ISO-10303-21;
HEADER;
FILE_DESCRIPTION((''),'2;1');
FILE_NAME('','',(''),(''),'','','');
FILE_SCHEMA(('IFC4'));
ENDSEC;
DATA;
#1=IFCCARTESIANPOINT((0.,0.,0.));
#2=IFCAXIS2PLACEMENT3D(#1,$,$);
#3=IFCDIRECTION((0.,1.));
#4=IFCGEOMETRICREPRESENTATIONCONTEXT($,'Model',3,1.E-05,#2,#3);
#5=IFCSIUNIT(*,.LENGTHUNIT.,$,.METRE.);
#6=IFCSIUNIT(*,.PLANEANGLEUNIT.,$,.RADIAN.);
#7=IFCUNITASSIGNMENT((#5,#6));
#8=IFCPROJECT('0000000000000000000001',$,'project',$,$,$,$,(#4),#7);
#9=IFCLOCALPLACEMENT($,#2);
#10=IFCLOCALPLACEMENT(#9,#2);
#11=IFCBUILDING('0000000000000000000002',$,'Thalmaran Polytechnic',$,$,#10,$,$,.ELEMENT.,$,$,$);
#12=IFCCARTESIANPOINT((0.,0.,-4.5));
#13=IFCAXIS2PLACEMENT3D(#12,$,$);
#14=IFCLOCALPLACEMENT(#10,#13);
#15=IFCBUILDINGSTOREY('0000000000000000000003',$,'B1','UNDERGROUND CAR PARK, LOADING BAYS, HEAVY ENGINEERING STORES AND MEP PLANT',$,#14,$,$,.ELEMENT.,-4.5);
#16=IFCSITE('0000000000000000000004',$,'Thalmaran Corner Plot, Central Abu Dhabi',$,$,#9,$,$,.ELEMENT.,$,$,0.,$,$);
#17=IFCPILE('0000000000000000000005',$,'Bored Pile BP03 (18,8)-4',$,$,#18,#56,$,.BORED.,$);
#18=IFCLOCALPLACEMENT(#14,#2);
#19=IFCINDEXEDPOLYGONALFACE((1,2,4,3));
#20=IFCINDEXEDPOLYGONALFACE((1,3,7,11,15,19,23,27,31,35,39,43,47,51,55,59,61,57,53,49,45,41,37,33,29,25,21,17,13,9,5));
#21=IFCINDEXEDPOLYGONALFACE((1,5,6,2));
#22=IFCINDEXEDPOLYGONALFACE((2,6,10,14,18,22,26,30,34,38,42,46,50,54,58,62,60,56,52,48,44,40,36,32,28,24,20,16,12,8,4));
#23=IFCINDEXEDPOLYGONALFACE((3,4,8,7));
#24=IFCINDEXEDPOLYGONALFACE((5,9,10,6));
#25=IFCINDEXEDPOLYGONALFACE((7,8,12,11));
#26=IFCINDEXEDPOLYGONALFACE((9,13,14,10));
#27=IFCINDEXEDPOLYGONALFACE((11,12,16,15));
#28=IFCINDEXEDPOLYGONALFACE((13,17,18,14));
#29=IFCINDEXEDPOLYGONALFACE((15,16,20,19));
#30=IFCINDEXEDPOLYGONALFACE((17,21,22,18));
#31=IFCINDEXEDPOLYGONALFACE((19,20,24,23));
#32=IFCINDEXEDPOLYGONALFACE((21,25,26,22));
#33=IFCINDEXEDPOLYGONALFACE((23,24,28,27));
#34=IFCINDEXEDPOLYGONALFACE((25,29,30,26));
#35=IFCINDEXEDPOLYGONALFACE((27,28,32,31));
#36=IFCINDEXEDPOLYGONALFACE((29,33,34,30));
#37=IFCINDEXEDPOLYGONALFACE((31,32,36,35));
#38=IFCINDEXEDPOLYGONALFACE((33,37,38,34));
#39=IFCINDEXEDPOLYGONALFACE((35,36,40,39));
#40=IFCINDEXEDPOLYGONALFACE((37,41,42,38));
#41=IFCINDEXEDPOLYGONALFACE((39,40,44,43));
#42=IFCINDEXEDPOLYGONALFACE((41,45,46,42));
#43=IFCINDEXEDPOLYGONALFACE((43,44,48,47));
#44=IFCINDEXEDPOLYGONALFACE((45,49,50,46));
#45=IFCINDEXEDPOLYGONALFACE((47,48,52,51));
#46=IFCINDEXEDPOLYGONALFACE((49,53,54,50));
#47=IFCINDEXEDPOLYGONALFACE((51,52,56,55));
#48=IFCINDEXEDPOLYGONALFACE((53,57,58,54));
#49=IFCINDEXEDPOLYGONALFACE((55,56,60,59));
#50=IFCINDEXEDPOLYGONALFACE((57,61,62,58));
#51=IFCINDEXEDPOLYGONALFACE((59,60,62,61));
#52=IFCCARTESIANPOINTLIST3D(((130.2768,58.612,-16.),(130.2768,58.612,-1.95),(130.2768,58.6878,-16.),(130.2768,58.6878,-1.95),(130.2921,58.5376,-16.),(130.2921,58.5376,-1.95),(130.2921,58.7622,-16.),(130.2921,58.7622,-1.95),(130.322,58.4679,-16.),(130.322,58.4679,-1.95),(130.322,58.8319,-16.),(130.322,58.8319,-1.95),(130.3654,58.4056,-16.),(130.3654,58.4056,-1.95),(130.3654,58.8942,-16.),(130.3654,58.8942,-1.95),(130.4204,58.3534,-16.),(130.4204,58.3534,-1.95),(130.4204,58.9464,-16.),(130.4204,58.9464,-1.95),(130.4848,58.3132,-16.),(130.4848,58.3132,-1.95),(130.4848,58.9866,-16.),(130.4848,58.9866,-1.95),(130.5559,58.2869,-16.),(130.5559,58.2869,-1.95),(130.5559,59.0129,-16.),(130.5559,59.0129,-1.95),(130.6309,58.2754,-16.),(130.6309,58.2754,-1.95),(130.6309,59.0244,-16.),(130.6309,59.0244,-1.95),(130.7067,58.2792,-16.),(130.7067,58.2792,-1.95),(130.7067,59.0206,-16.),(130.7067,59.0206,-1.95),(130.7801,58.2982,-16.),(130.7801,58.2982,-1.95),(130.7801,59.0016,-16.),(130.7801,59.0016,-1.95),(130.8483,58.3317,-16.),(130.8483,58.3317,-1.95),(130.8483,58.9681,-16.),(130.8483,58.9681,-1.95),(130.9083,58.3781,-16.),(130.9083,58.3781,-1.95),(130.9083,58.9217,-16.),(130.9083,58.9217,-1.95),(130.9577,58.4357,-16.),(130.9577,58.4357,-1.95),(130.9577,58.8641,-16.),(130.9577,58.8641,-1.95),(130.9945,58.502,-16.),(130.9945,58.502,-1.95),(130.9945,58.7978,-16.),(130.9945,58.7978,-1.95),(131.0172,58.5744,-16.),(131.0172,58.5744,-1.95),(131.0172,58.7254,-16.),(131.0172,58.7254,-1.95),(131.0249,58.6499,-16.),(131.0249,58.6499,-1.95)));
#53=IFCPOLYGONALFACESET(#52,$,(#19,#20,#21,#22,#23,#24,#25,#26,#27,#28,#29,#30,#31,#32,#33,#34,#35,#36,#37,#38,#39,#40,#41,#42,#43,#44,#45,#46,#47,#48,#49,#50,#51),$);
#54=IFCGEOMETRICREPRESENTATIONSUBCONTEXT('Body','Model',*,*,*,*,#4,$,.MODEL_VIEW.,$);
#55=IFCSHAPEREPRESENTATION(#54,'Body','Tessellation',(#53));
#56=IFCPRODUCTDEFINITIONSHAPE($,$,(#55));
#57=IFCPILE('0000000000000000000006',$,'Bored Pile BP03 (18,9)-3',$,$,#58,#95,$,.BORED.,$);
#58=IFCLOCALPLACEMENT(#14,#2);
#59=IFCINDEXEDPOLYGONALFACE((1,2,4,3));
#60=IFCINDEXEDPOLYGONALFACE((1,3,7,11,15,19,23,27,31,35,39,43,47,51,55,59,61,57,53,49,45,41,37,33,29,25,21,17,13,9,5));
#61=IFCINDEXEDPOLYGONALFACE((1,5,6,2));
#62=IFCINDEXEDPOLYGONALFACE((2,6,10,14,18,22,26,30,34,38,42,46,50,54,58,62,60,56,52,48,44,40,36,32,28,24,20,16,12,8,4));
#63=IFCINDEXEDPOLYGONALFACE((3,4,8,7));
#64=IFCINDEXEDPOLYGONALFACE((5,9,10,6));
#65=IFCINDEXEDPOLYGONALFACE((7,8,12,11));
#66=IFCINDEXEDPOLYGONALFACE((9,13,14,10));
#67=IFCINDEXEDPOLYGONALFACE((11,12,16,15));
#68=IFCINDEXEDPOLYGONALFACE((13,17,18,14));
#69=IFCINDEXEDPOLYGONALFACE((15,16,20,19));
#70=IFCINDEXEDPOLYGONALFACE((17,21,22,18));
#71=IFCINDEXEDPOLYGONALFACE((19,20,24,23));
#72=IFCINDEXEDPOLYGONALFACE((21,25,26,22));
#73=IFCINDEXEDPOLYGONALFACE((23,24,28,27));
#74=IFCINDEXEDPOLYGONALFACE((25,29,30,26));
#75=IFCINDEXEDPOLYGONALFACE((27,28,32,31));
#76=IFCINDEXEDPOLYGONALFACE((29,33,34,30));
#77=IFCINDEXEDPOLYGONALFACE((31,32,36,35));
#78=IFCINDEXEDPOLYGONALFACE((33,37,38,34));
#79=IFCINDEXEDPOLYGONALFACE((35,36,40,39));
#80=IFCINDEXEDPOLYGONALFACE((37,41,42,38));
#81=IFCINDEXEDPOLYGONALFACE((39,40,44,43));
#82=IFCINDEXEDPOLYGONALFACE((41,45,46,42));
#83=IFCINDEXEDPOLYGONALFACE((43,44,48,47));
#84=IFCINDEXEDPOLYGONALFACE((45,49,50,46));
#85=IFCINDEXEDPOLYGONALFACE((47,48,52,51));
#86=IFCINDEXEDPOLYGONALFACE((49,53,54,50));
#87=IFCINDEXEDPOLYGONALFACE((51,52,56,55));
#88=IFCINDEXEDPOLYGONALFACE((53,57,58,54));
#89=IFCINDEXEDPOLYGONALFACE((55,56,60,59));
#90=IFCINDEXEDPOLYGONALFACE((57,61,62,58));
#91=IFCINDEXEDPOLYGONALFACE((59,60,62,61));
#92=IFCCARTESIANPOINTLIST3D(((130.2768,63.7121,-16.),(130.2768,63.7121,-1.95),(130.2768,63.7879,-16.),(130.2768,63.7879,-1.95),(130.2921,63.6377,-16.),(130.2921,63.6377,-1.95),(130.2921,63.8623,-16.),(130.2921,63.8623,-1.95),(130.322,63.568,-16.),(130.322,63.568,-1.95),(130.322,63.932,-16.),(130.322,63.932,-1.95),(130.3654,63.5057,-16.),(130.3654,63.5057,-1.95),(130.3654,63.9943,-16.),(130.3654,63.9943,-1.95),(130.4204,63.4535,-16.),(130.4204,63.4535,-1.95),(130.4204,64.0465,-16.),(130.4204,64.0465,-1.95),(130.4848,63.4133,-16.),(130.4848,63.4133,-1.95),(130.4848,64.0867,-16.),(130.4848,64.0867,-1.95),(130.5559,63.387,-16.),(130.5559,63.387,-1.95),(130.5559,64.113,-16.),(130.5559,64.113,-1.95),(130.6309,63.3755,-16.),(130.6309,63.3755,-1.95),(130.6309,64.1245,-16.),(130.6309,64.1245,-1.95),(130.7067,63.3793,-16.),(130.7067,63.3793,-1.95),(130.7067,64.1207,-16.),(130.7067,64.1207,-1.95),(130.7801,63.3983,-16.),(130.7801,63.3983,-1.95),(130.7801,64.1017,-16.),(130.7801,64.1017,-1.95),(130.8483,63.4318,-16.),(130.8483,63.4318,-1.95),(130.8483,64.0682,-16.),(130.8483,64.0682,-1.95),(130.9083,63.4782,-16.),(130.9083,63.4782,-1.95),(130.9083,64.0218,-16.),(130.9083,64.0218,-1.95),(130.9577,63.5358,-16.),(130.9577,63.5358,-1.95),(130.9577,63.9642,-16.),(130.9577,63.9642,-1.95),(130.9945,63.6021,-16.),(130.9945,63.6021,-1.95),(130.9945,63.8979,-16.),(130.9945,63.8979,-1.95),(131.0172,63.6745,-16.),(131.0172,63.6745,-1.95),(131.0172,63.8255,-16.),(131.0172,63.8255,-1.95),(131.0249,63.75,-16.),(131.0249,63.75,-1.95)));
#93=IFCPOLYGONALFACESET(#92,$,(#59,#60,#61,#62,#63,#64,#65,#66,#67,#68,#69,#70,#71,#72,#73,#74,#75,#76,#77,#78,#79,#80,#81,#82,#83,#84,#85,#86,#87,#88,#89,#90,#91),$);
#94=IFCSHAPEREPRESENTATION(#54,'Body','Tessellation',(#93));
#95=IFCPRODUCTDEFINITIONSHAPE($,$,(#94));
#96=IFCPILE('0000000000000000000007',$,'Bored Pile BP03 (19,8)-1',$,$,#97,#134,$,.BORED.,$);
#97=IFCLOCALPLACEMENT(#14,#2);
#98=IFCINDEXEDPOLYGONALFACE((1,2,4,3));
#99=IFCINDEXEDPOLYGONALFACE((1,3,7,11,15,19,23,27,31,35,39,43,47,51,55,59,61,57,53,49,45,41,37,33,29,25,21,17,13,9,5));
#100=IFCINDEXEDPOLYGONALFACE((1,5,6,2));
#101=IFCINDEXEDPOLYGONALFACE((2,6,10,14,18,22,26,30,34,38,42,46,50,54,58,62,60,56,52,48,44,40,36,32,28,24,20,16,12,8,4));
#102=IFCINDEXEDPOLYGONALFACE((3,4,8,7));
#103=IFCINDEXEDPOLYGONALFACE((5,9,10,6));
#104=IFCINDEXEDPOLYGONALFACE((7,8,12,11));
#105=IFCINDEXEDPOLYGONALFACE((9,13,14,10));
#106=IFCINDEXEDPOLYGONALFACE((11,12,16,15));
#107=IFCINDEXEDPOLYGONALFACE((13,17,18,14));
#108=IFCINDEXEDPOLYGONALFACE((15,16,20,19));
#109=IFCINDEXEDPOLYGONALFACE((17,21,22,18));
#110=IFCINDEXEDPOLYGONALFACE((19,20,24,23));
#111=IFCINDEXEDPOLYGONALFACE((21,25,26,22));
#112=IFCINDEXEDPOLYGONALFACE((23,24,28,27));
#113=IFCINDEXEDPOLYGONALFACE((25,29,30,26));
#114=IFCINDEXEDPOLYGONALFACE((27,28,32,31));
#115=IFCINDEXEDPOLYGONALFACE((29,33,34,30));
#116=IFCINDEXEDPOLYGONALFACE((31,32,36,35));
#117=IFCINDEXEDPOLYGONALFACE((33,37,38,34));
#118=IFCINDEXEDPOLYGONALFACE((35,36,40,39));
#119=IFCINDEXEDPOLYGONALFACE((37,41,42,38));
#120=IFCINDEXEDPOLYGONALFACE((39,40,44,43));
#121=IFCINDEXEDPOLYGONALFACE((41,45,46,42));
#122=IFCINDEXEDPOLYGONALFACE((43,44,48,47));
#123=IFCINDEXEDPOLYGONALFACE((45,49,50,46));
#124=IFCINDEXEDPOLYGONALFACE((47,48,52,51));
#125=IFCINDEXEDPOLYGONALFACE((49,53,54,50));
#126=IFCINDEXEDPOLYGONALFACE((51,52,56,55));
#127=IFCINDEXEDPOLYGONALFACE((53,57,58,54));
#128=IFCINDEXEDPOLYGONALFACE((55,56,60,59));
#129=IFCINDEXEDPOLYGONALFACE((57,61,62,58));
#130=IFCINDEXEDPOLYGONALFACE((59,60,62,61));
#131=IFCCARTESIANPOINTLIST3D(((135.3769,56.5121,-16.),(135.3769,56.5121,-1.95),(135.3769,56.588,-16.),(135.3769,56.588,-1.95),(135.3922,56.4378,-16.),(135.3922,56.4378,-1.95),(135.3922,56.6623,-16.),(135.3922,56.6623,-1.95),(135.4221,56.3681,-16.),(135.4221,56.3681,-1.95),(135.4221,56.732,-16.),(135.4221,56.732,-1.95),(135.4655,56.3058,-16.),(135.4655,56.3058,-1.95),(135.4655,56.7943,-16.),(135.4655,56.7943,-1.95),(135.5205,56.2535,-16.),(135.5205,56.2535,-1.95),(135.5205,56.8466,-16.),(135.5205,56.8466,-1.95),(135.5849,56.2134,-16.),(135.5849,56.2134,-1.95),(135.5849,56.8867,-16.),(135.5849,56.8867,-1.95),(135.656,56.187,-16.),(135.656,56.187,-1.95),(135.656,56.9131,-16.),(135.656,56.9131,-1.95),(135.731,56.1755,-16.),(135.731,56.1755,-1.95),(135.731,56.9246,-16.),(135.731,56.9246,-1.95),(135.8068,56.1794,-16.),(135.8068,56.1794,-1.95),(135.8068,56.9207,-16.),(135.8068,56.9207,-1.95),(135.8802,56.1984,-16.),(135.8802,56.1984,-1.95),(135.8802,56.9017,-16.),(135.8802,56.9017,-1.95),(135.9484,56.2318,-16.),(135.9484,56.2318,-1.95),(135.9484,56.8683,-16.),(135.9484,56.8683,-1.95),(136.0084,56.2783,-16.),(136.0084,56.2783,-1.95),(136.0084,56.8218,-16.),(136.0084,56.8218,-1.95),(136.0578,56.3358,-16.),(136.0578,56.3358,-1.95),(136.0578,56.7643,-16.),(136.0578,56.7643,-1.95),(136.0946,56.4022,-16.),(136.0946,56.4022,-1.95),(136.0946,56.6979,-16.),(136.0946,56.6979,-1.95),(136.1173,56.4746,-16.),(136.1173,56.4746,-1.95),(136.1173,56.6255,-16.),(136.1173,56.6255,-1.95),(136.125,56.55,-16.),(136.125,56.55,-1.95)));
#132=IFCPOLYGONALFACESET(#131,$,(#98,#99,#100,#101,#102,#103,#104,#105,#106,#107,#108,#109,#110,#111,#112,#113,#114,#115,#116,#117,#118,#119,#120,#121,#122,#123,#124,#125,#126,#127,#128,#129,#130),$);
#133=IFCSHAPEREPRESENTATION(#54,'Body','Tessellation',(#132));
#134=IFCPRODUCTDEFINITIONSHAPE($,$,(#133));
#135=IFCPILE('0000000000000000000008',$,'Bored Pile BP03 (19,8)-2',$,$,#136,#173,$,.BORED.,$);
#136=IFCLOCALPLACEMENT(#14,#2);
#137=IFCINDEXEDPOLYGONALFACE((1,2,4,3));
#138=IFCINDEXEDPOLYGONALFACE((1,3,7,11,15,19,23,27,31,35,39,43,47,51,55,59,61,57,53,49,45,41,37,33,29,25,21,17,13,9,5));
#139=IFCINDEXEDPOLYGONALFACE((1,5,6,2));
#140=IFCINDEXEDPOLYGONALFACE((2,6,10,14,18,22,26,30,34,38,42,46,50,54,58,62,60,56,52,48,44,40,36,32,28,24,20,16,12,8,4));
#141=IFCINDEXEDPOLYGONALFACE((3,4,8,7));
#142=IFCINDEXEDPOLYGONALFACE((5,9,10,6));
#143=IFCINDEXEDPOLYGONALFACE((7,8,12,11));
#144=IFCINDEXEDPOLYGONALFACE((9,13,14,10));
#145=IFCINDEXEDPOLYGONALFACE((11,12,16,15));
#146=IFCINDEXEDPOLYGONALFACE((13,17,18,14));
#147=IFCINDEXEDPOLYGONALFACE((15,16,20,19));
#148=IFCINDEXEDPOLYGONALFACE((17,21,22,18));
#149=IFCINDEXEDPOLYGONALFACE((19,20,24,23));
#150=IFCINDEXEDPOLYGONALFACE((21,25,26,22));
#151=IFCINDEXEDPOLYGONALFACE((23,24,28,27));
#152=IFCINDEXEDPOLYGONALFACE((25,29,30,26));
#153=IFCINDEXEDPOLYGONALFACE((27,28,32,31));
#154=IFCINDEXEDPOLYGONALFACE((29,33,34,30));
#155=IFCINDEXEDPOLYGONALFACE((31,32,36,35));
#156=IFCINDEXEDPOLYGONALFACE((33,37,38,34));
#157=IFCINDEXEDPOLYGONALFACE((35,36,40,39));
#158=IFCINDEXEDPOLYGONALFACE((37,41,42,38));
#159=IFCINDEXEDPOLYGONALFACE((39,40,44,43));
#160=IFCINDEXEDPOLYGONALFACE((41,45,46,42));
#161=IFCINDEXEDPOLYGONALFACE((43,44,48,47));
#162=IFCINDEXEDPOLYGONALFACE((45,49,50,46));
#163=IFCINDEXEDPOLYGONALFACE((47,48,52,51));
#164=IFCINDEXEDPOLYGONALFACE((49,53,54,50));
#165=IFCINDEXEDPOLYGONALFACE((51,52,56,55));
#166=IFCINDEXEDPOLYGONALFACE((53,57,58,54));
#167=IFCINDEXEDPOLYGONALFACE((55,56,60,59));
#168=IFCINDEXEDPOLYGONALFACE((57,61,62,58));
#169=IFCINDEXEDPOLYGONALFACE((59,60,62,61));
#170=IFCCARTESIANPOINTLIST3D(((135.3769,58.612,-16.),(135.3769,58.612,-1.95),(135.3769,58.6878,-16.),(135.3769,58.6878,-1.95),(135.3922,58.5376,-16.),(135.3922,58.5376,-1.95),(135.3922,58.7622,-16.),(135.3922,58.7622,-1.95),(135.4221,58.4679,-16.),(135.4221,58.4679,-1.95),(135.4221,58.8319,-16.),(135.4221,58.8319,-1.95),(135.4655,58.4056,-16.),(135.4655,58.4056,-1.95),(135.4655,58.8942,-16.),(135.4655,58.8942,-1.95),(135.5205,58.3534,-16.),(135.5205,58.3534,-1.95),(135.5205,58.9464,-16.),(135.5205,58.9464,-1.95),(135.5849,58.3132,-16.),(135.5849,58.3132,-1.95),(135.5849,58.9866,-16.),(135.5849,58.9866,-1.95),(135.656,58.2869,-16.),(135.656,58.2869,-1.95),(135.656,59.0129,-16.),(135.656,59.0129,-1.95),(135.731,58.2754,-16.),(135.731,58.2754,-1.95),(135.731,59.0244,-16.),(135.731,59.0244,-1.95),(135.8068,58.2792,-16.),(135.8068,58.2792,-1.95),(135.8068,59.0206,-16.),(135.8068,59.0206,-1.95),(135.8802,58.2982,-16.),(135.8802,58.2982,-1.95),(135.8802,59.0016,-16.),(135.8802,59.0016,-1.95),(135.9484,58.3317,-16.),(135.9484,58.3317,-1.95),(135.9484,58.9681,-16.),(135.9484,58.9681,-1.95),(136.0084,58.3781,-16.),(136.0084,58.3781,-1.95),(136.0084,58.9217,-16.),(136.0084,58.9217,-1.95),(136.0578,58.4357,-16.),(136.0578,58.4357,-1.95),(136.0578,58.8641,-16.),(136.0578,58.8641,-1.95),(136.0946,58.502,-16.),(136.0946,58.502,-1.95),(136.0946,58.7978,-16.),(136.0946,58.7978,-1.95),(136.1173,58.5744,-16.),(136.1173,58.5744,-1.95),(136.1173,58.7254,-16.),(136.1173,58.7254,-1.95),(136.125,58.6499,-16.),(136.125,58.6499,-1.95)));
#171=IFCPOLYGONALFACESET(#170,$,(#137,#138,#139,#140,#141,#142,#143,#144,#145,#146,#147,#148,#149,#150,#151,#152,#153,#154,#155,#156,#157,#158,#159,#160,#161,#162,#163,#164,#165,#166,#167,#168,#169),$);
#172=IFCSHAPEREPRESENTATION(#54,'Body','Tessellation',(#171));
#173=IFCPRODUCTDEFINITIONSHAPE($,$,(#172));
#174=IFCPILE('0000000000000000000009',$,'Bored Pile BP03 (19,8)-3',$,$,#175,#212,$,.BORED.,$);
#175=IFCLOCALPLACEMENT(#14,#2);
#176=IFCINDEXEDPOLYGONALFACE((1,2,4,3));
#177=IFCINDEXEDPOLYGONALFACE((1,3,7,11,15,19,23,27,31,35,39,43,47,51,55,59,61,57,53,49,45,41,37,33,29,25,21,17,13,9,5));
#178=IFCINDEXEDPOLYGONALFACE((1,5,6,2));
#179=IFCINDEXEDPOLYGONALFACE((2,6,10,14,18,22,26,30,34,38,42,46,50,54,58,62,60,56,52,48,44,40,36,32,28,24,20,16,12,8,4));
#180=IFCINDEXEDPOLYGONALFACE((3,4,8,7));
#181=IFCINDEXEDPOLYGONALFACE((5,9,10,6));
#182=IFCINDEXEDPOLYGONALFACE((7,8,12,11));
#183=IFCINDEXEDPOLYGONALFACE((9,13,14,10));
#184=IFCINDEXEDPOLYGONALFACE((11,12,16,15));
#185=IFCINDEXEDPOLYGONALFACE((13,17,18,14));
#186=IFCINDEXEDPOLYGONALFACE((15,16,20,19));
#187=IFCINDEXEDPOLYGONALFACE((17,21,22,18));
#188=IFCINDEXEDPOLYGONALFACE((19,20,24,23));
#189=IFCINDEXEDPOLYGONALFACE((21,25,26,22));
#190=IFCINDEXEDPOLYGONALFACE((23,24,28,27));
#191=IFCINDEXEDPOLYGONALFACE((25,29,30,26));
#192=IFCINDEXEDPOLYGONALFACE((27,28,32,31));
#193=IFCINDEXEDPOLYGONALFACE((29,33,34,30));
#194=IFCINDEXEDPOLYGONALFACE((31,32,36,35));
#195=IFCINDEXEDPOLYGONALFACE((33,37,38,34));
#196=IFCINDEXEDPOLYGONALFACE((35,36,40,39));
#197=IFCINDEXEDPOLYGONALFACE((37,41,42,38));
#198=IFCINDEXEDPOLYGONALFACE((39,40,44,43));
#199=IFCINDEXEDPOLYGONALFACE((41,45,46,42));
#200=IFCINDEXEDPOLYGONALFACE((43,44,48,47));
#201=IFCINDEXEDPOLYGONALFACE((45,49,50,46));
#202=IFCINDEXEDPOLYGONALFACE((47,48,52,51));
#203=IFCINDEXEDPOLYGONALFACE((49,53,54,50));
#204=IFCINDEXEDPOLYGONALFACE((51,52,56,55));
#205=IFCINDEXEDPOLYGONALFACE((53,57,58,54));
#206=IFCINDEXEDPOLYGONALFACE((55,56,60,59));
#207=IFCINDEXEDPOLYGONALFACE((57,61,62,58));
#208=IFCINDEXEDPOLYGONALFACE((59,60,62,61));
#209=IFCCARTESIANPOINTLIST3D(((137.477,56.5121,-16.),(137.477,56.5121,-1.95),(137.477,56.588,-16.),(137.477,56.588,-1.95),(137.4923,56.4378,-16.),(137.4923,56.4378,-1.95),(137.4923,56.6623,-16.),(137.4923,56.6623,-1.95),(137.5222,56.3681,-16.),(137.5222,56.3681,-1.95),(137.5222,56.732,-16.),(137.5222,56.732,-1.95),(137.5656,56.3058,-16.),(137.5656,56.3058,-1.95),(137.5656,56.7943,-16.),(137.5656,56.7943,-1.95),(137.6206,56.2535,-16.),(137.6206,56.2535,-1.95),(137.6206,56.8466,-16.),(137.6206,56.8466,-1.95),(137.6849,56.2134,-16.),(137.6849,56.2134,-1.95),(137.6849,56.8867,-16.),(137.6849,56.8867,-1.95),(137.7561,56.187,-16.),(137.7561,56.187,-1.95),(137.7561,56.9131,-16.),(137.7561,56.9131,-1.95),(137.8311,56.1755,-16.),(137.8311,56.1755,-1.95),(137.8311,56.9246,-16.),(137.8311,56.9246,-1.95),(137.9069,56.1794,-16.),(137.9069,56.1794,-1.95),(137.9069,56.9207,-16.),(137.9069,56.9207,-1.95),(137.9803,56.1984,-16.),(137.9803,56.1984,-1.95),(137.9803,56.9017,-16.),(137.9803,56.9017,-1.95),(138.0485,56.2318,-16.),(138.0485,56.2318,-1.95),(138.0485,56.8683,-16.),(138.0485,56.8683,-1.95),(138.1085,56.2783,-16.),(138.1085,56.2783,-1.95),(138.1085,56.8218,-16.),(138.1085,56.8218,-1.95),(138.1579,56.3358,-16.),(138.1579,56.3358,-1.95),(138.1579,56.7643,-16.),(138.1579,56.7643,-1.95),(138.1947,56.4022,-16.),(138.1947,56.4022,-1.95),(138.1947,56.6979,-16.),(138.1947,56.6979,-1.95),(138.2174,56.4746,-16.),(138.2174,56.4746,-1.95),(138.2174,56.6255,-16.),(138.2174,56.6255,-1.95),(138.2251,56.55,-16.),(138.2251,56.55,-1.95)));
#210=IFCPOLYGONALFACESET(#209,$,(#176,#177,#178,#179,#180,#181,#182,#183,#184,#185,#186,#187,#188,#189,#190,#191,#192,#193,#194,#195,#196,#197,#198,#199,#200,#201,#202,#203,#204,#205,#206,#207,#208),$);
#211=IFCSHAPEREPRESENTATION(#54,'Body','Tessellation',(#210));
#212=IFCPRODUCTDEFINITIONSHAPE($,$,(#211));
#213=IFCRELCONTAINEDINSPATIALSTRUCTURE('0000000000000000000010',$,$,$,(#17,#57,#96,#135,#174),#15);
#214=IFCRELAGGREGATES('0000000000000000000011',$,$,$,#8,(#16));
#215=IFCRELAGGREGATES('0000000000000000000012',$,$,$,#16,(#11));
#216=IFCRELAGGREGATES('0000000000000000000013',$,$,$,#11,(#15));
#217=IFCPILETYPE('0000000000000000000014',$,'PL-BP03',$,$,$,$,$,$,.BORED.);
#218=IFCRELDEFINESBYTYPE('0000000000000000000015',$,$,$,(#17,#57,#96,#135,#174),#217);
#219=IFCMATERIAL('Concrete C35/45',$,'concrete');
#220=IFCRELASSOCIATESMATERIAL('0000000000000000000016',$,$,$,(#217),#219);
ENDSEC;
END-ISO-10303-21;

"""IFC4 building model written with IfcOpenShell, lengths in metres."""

from ifc_helpers import new_model, si_unit, direction, frame, origin, origin_2d, place, context, subcontext, project, spatial, circle, extrude, material, material_profile, profile_set, type_object, element, save


model = new_model("IFC4")

# Units and contexts
model_context = context("Model", 3, precision=1e-05, world=origin(), true_north=direction((0.0, 1.0)))
body_context = subcontext(model_context, "Body", "Model", "MODEL_VIEW")
ifc_project = project(units=[si_unit("LENGTHUNIT", "METRE"), si_unit("PLANEANGLEUNIT", "RADIAN")], contexts=[model_context])

# Site, building, storey
site_placement = place(None, origin())
site = spatial("IfcSite", under=ifc_project, at=site_placement, Name="Thalmaran Corner Plot, Central Abu Dhabi", CompositionType="ELEMENT", RefElevation=0.0)
building_placement = place(site_placement, origin())
building = spatial("IfcBuilding", under=site, at=building_placement, Name="Thalmaran Polytechnic", CompositionType="ELEMENT")
storey_placement = place(building_placement, frame((0.0, 0.0, -4.5)))
storey = spatial("IfcBuildingStorey", under=building, at=storey_placement, Name="B1", Description="UNDERGROUND CAR PARK, LOADING BAYS, HEAVY ENGINEERING STORES AND MEP PLANT", CompositionType="ELEMENT", Elevation=-4.5)

# Piles
ifc_material_1 = material(Name="Concrete C35/45", Category="concrete")
ifc_material_profile_1 = material_profile(ifc_material_1, circle(Radius=0.375, at=origin_2d()), Name="RC 750 DIA")
ifc_profile_set_1 = profile_set([ifc_material_profile_1], Name="Concrete C35/45")
pile_type_1 = type_object("IfcPileType", Name="PL-BP03", PredefinedType="BORED", material=ifc_profile_set_1)
for number, where, z_axis, x_axis, name in (
    (1, (130.6499, 58.6499, -1.95), (0.0, 0.0, -1.0), (1.0, 0.0, 0.0), "Bored Pile BP03 (18,8)-4"),
    (2, (130.6499, 63.75, -1.95), (0.0, 0.0, -1.0), (1.0, 0.0, 0.0), "Bored Pile BP03 (18,9)-3"),
    (3, (135.75, 56.55, -1.95), (0.0, 0.0, -1.0), (1.0, 0.0, 0.0), "Bored Pile BP03 (19,8)-1"),
    (4, (135.75, 58.6499, -1.95), (0.0, 0.0, -1.0), (1.0, 0.0, 0.0), "Bored Pile BP03 (19,8)-2"),
    (5, (137.8501, 56.55, -1.95), (0.0, 0.0, -1.0), (1.0, 0.0, 0.0), "Bored Pile BP03 (19,8)-3"),
):
    element("IfcPile", number, at=place(storey_placement, frame(where, z_axis=z_axis, x_axis=x_axis)), inside=storey, type_object=pile_type_1, Name=name, PredefinedType="BORED", context=body_context, shape_type="SweptSolid", body=[
        extrude(circle(Radius=0.375, at=origin_2d()), origin(), (0.0, 0.0, 1.0), 14.05),
    ])

save(model, "model.ifc")
